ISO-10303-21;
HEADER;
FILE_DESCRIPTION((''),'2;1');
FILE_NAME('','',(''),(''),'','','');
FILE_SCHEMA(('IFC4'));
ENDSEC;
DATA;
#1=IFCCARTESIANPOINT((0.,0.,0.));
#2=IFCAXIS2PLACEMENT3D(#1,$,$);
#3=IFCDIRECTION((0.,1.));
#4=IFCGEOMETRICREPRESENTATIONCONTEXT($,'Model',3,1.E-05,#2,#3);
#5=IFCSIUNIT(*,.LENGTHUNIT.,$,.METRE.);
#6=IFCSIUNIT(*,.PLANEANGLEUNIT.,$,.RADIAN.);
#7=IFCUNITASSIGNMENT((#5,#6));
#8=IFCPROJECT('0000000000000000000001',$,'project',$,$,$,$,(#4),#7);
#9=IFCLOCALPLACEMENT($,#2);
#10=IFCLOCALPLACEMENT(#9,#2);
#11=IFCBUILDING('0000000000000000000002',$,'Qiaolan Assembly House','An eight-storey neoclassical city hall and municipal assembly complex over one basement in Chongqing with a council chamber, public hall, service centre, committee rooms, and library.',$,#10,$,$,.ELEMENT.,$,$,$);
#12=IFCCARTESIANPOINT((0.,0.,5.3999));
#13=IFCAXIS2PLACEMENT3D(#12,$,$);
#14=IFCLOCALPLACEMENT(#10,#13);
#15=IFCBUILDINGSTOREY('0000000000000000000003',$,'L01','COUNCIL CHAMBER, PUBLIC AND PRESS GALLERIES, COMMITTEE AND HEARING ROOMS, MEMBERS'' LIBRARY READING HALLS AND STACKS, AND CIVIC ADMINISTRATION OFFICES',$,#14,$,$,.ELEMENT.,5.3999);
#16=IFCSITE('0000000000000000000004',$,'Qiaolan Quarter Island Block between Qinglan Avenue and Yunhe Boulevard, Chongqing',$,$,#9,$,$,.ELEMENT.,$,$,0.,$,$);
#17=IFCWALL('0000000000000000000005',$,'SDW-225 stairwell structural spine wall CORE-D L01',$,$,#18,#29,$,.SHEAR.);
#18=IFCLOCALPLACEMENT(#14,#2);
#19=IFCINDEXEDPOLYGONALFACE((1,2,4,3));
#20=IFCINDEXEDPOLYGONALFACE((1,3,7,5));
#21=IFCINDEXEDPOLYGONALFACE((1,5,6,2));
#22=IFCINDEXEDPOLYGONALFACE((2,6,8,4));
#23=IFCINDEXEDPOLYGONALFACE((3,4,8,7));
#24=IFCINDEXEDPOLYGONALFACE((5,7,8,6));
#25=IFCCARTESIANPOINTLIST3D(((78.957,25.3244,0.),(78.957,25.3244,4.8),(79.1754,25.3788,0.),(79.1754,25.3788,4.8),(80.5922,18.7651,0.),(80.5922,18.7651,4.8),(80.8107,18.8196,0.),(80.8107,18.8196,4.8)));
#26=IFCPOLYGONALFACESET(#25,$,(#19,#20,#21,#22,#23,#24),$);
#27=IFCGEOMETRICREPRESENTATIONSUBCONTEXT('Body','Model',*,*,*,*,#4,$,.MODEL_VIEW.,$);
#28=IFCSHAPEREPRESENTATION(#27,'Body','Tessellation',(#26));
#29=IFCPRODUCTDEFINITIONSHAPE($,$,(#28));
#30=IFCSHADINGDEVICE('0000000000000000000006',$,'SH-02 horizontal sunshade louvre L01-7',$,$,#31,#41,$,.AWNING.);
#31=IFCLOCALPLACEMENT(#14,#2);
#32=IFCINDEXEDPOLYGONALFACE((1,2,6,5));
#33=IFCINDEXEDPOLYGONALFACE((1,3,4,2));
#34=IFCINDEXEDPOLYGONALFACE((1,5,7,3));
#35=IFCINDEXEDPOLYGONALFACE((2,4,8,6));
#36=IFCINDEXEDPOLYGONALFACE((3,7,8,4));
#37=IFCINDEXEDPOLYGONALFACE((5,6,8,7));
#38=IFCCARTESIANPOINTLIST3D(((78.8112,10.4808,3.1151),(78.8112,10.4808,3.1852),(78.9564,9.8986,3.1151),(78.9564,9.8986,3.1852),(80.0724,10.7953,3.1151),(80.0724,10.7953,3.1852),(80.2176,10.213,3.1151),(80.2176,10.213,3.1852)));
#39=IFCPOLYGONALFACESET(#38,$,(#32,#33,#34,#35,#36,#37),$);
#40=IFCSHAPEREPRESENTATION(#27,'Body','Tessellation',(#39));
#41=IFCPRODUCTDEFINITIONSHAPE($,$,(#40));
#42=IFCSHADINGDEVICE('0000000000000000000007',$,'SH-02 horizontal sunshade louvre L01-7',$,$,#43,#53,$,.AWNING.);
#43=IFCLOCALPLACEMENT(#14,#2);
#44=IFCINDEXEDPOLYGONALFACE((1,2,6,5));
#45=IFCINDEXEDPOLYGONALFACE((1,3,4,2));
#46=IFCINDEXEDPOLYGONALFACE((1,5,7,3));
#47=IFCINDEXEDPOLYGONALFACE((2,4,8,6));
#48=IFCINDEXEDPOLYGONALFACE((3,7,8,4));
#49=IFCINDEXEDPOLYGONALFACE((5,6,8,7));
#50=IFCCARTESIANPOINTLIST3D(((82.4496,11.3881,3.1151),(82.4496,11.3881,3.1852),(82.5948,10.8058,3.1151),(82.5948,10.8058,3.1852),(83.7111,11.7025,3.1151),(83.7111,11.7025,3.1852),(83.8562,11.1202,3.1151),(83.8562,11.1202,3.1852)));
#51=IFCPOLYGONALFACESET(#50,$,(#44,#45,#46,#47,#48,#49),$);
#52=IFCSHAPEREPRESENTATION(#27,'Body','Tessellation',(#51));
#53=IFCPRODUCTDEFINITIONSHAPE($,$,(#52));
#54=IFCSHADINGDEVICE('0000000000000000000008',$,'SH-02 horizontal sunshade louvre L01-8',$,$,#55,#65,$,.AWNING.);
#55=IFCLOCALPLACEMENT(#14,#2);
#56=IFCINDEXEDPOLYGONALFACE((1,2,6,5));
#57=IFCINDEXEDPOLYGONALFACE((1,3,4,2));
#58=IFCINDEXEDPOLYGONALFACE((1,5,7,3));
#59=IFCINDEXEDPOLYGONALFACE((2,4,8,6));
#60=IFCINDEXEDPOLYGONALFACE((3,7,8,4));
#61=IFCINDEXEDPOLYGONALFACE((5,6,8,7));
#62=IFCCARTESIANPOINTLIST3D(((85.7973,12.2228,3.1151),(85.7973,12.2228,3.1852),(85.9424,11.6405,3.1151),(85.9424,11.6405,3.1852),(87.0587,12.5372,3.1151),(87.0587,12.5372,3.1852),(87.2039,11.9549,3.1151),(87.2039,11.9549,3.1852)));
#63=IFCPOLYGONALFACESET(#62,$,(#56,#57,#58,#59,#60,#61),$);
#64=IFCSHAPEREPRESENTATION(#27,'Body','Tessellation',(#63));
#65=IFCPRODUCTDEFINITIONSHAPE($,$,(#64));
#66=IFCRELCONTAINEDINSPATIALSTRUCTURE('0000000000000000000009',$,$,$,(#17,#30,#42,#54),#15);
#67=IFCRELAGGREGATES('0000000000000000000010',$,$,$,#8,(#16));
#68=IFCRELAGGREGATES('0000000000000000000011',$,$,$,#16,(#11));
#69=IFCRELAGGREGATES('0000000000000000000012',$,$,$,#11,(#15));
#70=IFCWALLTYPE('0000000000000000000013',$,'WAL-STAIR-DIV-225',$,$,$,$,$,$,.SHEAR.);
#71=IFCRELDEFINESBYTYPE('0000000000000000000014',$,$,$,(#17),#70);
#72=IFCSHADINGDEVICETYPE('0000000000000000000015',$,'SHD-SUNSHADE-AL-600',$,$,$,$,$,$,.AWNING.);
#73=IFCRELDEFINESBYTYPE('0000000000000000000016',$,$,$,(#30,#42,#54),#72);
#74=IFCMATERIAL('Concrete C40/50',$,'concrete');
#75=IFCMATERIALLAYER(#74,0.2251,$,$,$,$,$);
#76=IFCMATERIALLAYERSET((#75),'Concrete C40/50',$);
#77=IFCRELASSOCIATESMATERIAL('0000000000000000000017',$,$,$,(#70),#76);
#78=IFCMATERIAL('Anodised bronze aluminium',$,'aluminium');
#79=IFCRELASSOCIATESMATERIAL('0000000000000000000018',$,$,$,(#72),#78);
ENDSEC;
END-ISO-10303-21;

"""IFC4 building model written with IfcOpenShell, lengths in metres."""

from ifc_helpers import new_model, si_unit, direction, frame, frame_2d, origin, origin_2d, place, context, subcontext, project, spatial, rectangle, extrude, material, layer, layer_set, material_profile, profile_set, type_object, element, save


model = new_model("IFC4")

# Units and contexts
model_context = context("Model", 3, precision=1e-05, world=origin(), true_north=direction((0.0, 1.0)))
body_context = subcontext(model_context, "Body", "Model", "MODEL_VIEW")
ifc_project = project(units=[si_unit("LENGTHUNIT", "METRE"), si_unit("PLANEANGLEUNIT", "RADIAN")], contexts=[model_context])

# Site, building, storey
site_placement = place(None, origin())
site = spatial("IfcSite", under=ifc_project, at=site_placement, Name="Qiaolan Quarter Island Block between Qinglan Avenue and Yunhe Boulevard, Chongqing", CompositionType="ELEMENT", RefElevation=0.0)
building_placement = place(site_placement, origin())
building = spatial("IfcBuilding", under=site, at=building_placement, Name="Qiaolan Assembly House", Description="An eight-storey neoclassical city hall and municipal assembly complex over one basement in Chongqing with a council chamber, public hall, service centre, committee rooms, and library.", CompositionType="ELEMENT")
storey_placement = place(building_placement, frame((0.0, 0.0, 5.3999)))
storey = spatial("IfcBuildingStorey", under=building, at=storey_placement, Name="L01", Description="COUNCIL CHAMBER, PUBLIC AND PRESS GALLERIES, COMMITTEE AND HEARING ROOMS, MEMBERS' LIBRARY READING HALLS AND STACKS, AND CIVIC ADMINISTRATION OFFICES", CompositionType="ELEMENT", Elevation=5.3999)

# Shared definitions
ifc_material_1 = material(Name="Concrete C40/50", Category="concrete")

# Wall
ifc_layer_1 = layer(ifc_material_1, 0.2251)
ifc_layer_set_1 = layer_set([ifc_layer_1], Name="Concrete C40/50")
wall_type_1 = type_object("IfcWallType", Name="WAL-STAIR-DIV-225", PredefinedType="SHEAR", material=ifc_layer_set_1)
wall_1_placement = place(storey_placement, frame((80.7014, 18.7925, 0.0), z_axis=(0.0, 0.0, 1.0), x_axis=(-0.241898, 0.970302, 0.0)))
element("IfcWall", 1, at=wall_1_placement, inside=storey, type_object=wall_type_1, Name="SDW-225 stairwell structural spine wall CORE-D L01", PredefinedType="SHEAR", context=body_context, shape_type="SweptSolid", body=[
    extrude(rectangle(XDim=6.76, YDim=0.2251, at=frame_2d((3.3799, 0.0))), origin(), (0.0, 0.0, 1.0), 4.8),
])

# Shading devices
ifc_material_2 = material(Name="Anodised bronze aluminium", Category="aluminium")
ifc_material_profile_1 = material_profile(ifc_material_2, rectangle(XDim=0.6001, YDim=0.0701, at=origin_2d()), Name="SHD 600x70")
ifc_profile_set_1 = profile_set([ifc_material_profile_1], Name="Anodised bronze aluminium")
shading_device_type = type_object("IfcShadingDeviceType", Name="SHD-SUNSHADE-AL-600", PredefinedType="AWNING", material=ifc_profile_set_1)
shading_device_placement = place(storey_placement, frame((78.8838, 10.1897, 3.1501), z_axis=(0.970297, 0.241917, 0.0), x_axis=(-0.241917, 0.970297, 0.0)))
element("IfcShadingDevice", 2, at=shading_device_placement, inside=storey, type_object=shading_device_type, Name="SH-02 horizontal sunshade louvre L01-7", PredefinedType="AWNING", context=body_context, shape_type="SweptSolid", body=[
    extrude(rectangle(XDim=0.6001, YDim=0.0701, at=origin_2d()), origin(), (0.0, 0.0, 1.0), 1.2998),
])
for number, where, z_axis, x_axis, name in (
    (3, (82.5222, 11.0969, 3.1501), (0.970308, 0.241873, 0.0), (-0.241873, 0.970308, 0.0), "SH-02 horizontal sunshade louvre L01-7"),
    (4, (85.8699, 11.9316, 3.1501), (0.970308, 0.241873, 0.0), (-0.241873, 0.970308, 0.0), "SH-02 horizontal sunshade louvre L01-8"),
):
    element("IfcShadingDevice", number, at=place(storey_placement, frame(where, z_axis=z_axis, x_axis=x_axis)), inside=storey, type_object=shading_device_type, Name=name, PredefinedType="AWNING", context=body_context, shape_type="SweptSolid", body=[
        extrude(rectangle(XDim=0.6001, YDim=0.0701, at=origin_2d()), origin(), (0.0, 0.0, 1.0), 1.3),
    ])

save(model, "model.ifc")
